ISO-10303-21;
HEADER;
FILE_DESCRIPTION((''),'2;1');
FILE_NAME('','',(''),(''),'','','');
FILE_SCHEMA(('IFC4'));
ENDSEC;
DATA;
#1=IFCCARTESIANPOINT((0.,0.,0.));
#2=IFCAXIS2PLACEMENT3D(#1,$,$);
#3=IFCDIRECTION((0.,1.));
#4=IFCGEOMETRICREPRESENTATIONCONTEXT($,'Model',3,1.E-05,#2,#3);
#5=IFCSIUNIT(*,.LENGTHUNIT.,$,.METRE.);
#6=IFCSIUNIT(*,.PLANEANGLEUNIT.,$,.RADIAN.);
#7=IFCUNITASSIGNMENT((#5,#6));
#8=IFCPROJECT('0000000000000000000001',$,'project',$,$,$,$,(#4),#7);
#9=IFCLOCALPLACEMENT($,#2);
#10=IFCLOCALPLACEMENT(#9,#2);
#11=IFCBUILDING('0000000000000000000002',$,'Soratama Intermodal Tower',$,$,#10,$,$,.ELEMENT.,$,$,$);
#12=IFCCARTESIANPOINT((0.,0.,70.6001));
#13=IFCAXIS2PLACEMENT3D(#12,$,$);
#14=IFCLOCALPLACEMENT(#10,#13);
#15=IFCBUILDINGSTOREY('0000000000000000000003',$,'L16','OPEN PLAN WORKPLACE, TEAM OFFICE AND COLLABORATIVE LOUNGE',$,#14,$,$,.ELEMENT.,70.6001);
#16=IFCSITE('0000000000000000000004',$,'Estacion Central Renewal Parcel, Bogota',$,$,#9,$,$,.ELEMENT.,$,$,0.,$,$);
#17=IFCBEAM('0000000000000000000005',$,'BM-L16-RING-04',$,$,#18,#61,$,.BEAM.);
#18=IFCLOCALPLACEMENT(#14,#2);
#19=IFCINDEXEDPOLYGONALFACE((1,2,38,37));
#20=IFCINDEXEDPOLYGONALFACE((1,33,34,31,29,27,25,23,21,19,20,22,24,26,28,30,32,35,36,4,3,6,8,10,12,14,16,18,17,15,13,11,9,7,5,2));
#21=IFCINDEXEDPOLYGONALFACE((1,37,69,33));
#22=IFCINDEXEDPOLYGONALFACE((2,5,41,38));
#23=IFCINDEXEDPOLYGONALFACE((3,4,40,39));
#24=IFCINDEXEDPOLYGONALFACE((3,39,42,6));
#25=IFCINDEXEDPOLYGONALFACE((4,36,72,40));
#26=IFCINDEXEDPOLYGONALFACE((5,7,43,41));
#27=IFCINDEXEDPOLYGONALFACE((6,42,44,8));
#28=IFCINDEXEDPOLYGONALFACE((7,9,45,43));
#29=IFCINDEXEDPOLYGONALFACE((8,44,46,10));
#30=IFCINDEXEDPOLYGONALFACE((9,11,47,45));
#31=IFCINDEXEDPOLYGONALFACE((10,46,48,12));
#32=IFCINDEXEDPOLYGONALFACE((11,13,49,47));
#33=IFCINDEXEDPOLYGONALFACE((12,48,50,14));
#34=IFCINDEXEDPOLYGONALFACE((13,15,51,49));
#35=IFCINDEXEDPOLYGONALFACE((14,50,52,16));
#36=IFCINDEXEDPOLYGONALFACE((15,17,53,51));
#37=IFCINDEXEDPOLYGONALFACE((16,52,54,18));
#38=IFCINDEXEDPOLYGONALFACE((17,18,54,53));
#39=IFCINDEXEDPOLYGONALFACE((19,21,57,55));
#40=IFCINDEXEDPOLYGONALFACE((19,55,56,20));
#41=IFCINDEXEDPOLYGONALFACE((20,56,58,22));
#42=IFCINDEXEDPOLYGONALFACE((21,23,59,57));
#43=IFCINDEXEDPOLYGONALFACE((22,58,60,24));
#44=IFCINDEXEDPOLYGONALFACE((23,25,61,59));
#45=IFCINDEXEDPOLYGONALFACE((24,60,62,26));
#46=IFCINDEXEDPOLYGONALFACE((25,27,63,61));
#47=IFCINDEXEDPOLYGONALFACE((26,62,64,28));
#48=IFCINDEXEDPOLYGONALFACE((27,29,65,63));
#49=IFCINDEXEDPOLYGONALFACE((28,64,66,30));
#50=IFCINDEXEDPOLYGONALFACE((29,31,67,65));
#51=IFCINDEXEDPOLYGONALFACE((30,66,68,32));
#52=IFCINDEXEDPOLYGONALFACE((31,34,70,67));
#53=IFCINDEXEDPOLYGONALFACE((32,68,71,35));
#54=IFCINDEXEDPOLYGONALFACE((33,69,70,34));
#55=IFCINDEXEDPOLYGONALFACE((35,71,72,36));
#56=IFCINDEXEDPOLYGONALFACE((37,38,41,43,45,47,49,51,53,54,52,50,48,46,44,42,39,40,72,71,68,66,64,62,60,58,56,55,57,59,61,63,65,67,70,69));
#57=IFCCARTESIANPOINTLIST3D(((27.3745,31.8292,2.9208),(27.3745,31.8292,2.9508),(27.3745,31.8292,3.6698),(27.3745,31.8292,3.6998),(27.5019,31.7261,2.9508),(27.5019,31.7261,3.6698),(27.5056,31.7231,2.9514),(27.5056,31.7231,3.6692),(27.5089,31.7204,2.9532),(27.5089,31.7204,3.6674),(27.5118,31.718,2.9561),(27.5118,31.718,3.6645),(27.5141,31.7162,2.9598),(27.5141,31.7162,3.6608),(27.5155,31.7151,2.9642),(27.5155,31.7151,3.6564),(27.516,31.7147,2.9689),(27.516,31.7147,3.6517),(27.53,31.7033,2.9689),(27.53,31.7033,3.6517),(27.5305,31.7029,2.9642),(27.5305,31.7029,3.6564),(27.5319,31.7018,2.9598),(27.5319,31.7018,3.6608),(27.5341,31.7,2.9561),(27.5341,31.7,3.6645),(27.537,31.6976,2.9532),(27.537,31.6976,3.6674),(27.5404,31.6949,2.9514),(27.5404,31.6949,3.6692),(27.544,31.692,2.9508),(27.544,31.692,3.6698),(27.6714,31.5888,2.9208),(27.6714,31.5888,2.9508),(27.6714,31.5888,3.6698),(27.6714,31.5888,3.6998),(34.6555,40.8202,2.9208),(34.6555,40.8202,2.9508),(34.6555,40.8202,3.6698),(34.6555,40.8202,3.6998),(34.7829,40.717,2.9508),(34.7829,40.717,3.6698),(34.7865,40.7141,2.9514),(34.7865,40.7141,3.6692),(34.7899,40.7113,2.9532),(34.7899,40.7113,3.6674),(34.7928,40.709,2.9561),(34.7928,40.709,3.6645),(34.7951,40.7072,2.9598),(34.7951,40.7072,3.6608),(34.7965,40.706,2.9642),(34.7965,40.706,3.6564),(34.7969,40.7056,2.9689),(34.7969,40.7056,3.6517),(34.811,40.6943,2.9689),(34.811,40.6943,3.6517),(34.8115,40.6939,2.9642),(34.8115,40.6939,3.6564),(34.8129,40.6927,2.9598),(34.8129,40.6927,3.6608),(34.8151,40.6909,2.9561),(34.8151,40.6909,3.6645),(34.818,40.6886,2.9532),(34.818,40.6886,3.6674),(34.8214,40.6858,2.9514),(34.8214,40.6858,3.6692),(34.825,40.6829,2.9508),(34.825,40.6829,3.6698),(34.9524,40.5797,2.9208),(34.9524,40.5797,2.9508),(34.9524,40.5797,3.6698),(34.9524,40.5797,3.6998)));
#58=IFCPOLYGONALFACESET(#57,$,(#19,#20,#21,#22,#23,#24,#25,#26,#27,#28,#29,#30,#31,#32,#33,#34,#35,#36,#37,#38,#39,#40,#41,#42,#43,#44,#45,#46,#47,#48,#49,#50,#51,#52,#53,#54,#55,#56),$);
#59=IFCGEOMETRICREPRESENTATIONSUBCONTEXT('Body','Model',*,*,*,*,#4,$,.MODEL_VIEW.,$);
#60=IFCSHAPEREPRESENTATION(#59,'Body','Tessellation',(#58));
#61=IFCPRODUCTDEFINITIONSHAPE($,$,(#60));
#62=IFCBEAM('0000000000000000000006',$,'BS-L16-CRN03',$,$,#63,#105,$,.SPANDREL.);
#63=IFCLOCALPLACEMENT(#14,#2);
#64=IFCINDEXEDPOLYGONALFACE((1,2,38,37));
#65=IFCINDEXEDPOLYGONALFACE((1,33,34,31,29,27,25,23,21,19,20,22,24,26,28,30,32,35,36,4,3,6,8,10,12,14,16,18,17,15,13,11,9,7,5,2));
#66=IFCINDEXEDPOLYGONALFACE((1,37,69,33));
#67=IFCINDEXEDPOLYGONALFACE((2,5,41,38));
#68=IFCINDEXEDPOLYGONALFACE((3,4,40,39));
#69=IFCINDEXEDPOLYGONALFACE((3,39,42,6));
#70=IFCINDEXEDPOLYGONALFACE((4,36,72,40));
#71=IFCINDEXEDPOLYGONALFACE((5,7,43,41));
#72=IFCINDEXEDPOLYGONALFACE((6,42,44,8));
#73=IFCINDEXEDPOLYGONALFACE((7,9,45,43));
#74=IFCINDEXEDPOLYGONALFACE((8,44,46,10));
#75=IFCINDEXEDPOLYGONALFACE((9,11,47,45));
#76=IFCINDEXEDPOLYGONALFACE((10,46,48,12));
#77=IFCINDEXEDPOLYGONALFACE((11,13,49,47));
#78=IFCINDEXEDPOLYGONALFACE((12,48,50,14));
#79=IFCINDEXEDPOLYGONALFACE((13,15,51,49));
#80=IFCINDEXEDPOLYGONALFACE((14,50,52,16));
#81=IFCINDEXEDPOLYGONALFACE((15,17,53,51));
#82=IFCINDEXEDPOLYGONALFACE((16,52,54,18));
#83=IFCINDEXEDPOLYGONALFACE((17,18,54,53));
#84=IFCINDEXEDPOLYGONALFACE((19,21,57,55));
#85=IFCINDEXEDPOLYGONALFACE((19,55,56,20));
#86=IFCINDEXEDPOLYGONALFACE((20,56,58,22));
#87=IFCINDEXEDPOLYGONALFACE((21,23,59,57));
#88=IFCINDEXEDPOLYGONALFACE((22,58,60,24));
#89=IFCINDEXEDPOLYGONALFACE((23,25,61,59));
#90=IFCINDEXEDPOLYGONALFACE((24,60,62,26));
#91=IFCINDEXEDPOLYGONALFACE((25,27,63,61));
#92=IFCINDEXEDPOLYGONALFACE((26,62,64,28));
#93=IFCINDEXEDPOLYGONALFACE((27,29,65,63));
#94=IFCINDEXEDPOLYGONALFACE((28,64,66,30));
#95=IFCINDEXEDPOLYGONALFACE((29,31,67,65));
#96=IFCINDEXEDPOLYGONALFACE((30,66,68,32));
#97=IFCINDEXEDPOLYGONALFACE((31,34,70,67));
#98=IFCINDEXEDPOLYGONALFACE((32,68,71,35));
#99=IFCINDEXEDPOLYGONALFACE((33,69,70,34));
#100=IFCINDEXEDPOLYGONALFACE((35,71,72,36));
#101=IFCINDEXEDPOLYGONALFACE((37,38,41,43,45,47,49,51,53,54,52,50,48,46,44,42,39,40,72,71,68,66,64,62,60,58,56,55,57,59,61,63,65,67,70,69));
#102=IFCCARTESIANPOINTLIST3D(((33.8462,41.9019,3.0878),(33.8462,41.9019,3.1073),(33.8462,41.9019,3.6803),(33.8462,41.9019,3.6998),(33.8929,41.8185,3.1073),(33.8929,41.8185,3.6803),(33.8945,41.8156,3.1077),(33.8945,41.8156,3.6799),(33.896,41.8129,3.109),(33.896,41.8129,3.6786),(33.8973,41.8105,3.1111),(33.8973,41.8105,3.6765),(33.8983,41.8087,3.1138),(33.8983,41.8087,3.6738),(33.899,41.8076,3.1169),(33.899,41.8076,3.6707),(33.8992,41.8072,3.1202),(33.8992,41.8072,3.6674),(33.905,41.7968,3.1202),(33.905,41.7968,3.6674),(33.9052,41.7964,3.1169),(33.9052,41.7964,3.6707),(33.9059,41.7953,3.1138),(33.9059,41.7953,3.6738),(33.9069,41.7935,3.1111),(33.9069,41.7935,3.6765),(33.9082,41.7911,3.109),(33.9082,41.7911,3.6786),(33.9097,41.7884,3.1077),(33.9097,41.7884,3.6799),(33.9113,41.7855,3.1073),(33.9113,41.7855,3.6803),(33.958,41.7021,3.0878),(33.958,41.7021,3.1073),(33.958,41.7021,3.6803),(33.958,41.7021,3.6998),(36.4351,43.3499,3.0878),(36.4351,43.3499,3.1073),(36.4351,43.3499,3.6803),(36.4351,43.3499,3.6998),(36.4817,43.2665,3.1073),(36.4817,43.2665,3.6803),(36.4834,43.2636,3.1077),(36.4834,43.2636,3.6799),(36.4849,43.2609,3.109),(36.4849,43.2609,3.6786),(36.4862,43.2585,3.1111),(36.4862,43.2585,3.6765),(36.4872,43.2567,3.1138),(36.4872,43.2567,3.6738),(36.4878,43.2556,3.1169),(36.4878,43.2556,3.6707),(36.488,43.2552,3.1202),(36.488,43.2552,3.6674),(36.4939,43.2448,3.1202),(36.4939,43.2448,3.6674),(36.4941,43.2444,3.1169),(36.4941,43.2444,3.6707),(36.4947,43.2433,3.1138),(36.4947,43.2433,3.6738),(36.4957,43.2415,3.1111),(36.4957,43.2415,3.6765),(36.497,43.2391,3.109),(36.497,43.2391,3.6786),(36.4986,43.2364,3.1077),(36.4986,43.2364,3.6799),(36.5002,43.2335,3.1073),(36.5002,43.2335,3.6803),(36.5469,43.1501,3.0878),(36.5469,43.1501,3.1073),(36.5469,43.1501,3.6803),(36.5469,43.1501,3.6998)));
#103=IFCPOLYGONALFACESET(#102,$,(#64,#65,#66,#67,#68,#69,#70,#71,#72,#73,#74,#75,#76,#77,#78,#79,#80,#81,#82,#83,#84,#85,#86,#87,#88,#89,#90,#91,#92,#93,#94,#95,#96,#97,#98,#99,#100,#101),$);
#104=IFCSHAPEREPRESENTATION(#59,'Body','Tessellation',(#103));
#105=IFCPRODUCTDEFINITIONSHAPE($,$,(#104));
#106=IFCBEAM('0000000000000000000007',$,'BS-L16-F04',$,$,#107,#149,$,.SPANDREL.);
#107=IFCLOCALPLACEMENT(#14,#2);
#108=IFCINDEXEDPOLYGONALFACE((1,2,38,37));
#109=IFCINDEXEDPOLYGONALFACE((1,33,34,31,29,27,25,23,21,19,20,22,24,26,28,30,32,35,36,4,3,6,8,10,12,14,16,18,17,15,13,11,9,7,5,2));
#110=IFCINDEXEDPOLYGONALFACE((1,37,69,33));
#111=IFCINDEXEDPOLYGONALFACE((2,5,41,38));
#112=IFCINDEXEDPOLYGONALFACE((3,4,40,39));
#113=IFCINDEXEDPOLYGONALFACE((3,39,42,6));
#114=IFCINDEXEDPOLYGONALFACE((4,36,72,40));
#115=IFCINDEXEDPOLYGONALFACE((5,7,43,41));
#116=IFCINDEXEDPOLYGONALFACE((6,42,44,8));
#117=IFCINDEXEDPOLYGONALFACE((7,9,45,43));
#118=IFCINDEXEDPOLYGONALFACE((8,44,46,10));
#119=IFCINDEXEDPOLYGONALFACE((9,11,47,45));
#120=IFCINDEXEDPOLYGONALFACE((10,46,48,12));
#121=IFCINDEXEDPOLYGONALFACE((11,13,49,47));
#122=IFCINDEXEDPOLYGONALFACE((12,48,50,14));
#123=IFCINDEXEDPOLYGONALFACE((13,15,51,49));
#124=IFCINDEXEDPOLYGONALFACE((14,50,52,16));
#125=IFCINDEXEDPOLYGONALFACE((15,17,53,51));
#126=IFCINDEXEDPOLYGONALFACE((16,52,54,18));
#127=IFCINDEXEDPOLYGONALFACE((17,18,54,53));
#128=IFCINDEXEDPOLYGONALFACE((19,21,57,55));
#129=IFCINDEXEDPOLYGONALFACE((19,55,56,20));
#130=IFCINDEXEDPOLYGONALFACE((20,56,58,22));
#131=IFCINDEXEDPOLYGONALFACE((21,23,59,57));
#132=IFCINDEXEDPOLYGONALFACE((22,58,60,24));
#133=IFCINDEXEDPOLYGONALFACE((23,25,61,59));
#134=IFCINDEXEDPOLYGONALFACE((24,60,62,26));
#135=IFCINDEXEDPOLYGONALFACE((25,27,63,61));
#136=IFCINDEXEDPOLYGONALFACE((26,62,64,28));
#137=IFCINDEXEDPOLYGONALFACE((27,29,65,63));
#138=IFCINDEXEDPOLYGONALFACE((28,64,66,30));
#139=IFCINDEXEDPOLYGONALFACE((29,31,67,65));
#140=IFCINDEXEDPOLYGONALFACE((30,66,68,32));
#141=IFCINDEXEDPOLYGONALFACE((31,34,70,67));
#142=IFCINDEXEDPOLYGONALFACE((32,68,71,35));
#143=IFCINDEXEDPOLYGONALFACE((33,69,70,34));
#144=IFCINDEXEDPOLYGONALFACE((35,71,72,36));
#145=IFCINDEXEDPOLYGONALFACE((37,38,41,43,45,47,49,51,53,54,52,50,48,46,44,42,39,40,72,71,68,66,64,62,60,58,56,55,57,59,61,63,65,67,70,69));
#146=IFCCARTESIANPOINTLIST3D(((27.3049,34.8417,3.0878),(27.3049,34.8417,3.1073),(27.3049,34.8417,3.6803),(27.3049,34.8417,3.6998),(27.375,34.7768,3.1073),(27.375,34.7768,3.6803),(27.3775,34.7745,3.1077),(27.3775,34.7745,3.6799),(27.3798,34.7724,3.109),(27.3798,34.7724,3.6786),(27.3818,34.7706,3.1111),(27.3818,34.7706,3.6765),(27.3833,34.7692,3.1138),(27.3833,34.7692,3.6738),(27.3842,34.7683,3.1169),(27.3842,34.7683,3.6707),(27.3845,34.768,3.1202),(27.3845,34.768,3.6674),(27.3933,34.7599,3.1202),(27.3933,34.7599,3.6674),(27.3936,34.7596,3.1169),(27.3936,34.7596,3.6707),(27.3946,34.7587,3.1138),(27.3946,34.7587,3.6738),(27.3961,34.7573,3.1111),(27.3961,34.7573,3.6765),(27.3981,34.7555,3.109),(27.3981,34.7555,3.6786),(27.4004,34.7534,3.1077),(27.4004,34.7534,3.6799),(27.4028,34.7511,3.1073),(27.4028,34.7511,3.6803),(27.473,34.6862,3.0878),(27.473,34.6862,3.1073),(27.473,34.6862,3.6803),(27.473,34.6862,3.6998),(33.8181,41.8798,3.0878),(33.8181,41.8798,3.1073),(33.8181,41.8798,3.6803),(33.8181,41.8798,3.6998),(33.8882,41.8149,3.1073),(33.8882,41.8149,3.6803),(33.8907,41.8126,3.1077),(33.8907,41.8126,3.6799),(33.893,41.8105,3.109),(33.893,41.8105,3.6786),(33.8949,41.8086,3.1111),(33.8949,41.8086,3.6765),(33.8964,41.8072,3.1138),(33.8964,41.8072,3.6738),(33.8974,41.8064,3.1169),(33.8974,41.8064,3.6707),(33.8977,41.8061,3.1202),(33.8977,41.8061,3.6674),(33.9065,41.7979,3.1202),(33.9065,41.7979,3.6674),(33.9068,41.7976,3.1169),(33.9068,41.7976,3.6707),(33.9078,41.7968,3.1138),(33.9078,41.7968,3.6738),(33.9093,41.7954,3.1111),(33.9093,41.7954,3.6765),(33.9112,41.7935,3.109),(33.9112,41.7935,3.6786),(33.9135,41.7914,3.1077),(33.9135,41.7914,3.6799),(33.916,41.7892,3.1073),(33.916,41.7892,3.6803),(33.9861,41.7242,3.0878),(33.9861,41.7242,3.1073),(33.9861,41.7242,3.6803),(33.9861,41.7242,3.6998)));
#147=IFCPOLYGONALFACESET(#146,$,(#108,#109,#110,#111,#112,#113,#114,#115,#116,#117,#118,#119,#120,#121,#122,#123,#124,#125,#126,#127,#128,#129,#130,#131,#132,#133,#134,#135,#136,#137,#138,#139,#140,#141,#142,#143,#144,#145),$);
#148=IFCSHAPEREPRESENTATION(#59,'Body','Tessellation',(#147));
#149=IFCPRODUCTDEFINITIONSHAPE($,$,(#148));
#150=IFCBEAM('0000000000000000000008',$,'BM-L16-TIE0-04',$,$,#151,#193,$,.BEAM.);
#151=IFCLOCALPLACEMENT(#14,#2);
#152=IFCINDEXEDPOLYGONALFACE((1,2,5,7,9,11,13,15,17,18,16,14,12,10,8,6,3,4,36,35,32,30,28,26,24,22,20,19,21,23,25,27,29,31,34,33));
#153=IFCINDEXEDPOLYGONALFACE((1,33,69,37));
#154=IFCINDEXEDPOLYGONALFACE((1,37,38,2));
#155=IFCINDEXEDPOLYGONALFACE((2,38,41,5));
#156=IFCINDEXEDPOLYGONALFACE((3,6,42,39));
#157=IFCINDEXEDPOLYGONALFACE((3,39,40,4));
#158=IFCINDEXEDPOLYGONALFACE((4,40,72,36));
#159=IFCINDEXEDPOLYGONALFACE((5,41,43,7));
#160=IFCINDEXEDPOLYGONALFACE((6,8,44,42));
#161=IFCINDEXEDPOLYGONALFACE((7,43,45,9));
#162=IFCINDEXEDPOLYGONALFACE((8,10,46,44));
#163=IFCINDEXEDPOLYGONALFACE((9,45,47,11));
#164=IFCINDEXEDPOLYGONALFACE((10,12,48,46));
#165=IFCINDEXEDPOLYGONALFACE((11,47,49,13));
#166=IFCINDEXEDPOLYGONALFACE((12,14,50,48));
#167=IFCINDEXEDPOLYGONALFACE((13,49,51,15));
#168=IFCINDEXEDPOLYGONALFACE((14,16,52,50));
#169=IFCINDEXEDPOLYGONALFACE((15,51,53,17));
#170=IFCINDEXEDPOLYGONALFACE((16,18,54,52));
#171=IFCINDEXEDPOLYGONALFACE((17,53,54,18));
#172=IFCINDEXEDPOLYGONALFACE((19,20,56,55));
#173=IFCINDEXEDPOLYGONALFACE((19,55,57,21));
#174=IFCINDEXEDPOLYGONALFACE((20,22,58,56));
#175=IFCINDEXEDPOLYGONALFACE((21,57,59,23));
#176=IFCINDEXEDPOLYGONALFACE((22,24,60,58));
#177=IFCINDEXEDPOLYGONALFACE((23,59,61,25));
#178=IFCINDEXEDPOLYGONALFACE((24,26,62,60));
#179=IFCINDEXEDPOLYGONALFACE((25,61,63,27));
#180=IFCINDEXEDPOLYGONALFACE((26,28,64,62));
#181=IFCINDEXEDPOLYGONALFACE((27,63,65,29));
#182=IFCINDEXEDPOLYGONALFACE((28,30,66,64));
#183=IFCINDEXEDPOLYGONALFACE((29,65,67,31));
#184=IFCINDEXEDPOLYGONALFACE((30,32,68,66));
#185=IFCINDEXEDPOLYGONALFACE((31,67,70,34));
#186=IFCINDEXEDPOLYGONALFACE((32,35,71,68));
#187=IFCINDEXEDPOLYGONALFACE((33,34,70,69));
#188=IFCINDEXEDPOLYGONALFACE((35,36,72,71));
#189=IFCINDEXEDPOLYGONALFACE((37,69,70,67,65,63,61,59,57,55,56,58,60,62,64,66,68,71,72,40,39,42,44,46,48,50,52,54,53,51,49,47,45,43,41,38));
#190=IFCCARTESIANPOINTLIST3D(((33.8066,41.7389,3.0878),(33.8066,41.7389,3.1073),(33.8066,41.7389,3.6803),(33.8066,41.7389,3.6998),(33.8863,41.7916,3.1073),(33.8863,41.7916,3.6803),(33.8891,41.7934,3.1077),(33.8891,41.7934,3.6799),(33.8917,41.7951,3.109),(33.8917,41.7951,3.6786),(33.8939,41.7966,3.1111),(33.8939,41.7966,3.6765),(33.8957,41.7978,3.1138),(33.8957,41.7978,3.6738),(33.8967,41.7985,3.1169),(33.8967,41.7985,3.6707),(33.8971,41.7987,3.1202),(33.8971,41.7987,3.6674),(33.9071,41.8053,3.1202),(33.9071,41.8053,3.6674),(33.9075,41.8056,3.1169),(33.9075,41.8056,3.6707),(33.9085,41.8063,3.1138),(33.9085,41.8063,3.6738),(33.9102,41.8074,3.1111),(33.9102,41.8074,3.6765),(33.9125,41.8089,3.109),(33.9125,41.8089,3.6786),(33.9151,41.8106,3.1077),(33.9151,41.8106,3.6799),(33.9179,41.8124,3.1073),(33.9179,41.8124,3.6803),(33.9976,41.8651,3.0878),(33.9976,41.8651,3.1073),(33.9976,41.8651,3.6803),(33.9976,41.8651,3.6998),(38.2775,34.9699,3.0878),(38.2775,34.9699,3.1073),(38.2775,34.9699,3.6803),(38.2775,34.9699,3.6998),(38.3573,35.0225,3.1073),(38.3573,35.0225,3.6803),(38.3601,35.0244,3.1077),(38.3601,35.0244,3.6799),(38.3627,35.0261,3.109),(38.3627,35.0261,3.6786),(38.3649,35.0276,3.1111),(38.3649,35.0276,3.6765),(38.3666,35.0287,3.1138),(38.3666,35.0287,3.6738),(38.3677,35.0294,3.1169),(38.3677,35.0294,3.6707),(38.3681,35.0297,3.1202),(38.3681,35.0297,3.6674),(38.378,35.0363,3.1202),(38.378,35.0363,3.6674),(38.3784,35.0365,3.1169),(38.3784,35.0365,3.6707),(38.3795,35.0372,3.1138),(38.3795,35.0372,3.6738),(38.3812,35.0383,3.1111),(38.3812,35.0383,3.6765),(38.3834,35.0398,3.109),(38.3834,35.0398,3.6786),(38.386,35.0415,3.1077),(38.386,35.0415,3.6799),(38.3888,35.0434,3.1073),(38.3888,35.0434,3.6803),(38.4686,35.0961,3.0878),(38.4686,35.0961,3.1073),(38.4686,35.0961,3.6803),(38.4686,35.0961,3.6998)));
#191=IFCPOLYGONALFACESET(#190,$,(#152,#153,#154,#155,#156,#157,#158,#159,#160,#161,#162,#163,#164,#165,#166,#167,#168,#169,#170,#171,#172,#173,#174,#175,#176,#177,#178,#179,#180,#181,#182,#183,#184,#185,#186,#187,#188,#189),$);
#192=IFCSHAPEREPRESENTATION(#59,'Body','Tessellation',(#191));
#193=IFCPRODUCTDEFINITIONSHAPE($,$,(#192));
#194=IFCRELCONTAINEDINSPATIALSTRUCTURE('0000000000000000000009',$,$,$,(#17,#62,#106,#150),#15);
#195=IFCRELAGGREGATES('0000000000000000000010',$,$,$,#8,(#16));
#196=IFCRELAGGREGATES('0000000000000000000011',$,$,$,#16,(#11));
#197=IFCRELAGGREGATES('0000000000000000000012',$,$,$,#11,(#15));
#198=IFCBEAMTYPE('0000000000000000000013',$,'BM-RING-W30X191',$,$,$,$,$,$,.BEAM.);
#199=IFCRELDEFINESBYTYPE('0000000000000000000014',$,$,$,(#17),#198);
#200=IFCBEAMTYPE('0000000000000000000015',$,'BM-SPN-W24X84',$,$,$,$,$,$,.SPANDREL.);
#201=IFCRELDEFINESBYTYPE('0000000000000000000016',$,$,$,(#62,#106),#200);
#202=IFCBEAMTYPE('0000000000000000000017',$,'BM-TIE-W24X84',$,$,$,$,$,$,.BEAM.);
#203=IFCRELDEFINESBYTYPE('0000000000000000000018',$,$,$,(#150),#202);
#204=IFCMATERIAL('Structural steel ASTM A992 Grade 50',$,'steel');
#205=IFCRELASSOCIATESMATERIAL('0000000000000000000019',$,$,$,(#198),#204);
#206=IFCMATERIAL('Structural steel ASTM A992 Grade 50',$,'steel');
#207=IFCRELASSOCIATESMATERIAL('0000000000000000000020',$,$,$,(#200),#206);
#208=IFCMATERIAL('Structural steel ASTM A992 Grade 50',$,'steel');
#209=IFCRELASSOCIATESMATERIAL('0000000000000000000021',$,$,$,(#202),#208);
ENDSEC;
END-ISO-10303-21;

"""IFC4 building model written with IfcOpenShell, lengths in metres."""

from ifc_helpers import new_model, si_unit, direction, frame, origin, origin_2d, place, context, subcontext, project, spatial, i_section, extrude, material, material_profile, profile_set, type_object, element, save


model = new_model("IFC4")

# Units and contexts
model_context = context("Model", 3, precision=1e-05, world=origin(), true_north=direction((0.0, 1.0)))
body_context = subcontext(model_context, "Body", "Model", "MODEL_VIEW")
ifc_project = project(units=[si_unit("LENGTHUNIT", "METRE"), si_unit("PLANEANGLEUNIT", "RADIAN")], contexts=[model_context])

# Site, building, storey
site_placement = place(None, origin())
site = spatial("IfcSite", under=ifc_project, at=site_placement, Name="Estacion Central Renewal Parcel, Bogota", CompositionType="ELEMENT", RefElevation=0.0)
building_placement = place(site_placement, origin())
building = spatial("IfcBuilding", under=site, at=building_placement, Name="Soratama Intermodal Tower", CompositionType="ELEMENT")
storey_placement = place(building_placement, frame((0.0, 0.0, 70.6001)))
storey = spatial("IfcBuildingStorey", under=building, at=storey_placement, Name="L16", Description="OPEN PLAN WORKPLACE, TEAM OFFICE AND COLLABORATIVE LOUNGE", CompositionType="ELEMENT", Elevation=70.6001)

# Beams
ifc_material_1 = material(Name="Structural steel ASTM A992 Grade 50", Category="steel")
ifc_material_profile_1 = material_profile(ifc_material_1, i_section(OverallWidth=0.3821, OverallDepth=0.7791, WebThickness=0.0181, FlangeThickness=0.03, FilletRadius=0.0181, at=origin_2d()), Name="W30X191")
ifc_profile_set_1 = profile_set([ifc_material_profile_1], Name="Structural steel ASTM A992 Grade 50")
beam_type_1 = type_object("IfcBeamType", Name="BM-RING-W30X191", PredefinedType="BEAM", material=ifc_profile_set_1)
beam_1_placement = place(storey_placement, frame((34.804, 40.7, 3.3103), z_axis=(-0.629334, -0.777135, 0.0), x_axis=(0.777135, -0.629334, 0.0)))
element("IfcBeam", 1, at=beam_1_placement, inside=storey, type_object=beam_type_1, Name="BM-L16-RING-04", PredefinedType="BEAM", context=body_context, shape_type="SweptSolid", body=[
    extrude(i_section(OverallWidth=0.3821, OverallDepth=0.7791, WebThickness=0.0181, FlangeThickness=0.03, FilletRadius=0.0181, at=origin_2d()), origin(), (0.0, 0.0, 1.0), 11.5693),
])
ifc_material_2 = material(Name="Structural steel ASTM A992 Grade 50", Category="steel")
ifc_material_profile_2 = material_profile(ifc_material_2, i_section(OverallWidth=0.229, OverallDepth=0.6121, WebThickness=0.012, FlangeThickness=0.0195, FilletRadius=0.0129, at=origin_2d()), Name="W24X84")
ifc_profile_set_2 = profile_set([ifc_material_profile_2], Name="Structural steel ASTM A992 Grade 50")
beam_type_2 = type_object("IfcBeamType", Name="BM-SPN-W24X84", PredefinedType="SPANDREL", material=ifc_profile_set_2)
beam_2_placement = place(storey_placement, frame((36.491, 43.25, 3.3938), z_axis=(-0.87276, -0.48815, 0.0), x_axis=(0.48815, -0.87276, 0.0)))
element("IfcBeam", 2, at=beam_2_placement, inside=storey, type_object=beam_type_2, Name="BS-L16-CRN03", PredefinedType="SPANDREL", context=body_context, shape_type="SweptSolid", body=[
    extrude(i_section(OverallWidth=0.229, OverallDepth=0.6121, WebThickness=0.012, FlangeThickness=0.0195, FilletRadius=0.0129, at=origin_2d()), origin(), (0.0, 0.0, 1.0), 2.9663),
])
beam_3_placement = place(storey_placement, frame((33.9021, 41.802, 3.3938), z_axis=(-0.679208, -0.733946, 0.0), x_axis=(0.733946, -0.679208, 0.0)))
element("IfcBeam", 3, at=beam_3_placement, inside=storey, type_object=beam_type_2, Name="BS-L16-F04", PredefinedType="SPANDREL", context=body_context, shape_type="SweptSolid", body=[
    extrude(i_section(OverallWidth=0.229, OverallDepth=0.6121, WebThickness=0.012, FlangeThickness=0.0195, FilletRadius=0.0129, at=origin_2d()), origin(), (0.0, 0.0, 1.0), 9.5894),
])
ifc_material_3 = material(Name="Structural steel ASTM A992 Grade 50", Category="steel")
ifc_material_profile_3 = material_profile(ifc_material_3, i_section(OverallWidth=0.229, OverallDepth=0.6121, WebThickness=0.012, FlangeThickness=0.0195, FilletRadius=0.0129, at=origin_2d()), Name="W24X84")
ifc_profile_set_3 = profile_set([ifc_material_profile_3], Name="Structural steel ASTM A992 Grade 50")
beam_type_3 = type_object("IfcBeamType", Name="BM-TIE-W24X84", PredefinedType="BEAM", material=ifc_profile_set_3)
beam_4_placement = place(storey_placement, frame((38.373, 35.033, 3.3938), z_axis=(-0.551132, 0.834418, 0.0), x_axis=(-0.834418, -0.551132, 0.0)))
element("IfcBeam", 4, at=beam_4_placement, inside=storey, type_object=beam_type_3, Name="BM-L16-TIE0-04", PredefinedType="BEAM", context=body_context, shape_type="SweptSolid", body=[
    extrude(i_section(OverallWidth=0.229, OverallDepth=0.6121, WebThickness=0.012, FlangeThickness=0.0195, FilletRadius=0.0129, at=origin_2d()), origin(), (0.0, 0.0, 1.0), 8.1123),
])

save(model, "model.ifc")
